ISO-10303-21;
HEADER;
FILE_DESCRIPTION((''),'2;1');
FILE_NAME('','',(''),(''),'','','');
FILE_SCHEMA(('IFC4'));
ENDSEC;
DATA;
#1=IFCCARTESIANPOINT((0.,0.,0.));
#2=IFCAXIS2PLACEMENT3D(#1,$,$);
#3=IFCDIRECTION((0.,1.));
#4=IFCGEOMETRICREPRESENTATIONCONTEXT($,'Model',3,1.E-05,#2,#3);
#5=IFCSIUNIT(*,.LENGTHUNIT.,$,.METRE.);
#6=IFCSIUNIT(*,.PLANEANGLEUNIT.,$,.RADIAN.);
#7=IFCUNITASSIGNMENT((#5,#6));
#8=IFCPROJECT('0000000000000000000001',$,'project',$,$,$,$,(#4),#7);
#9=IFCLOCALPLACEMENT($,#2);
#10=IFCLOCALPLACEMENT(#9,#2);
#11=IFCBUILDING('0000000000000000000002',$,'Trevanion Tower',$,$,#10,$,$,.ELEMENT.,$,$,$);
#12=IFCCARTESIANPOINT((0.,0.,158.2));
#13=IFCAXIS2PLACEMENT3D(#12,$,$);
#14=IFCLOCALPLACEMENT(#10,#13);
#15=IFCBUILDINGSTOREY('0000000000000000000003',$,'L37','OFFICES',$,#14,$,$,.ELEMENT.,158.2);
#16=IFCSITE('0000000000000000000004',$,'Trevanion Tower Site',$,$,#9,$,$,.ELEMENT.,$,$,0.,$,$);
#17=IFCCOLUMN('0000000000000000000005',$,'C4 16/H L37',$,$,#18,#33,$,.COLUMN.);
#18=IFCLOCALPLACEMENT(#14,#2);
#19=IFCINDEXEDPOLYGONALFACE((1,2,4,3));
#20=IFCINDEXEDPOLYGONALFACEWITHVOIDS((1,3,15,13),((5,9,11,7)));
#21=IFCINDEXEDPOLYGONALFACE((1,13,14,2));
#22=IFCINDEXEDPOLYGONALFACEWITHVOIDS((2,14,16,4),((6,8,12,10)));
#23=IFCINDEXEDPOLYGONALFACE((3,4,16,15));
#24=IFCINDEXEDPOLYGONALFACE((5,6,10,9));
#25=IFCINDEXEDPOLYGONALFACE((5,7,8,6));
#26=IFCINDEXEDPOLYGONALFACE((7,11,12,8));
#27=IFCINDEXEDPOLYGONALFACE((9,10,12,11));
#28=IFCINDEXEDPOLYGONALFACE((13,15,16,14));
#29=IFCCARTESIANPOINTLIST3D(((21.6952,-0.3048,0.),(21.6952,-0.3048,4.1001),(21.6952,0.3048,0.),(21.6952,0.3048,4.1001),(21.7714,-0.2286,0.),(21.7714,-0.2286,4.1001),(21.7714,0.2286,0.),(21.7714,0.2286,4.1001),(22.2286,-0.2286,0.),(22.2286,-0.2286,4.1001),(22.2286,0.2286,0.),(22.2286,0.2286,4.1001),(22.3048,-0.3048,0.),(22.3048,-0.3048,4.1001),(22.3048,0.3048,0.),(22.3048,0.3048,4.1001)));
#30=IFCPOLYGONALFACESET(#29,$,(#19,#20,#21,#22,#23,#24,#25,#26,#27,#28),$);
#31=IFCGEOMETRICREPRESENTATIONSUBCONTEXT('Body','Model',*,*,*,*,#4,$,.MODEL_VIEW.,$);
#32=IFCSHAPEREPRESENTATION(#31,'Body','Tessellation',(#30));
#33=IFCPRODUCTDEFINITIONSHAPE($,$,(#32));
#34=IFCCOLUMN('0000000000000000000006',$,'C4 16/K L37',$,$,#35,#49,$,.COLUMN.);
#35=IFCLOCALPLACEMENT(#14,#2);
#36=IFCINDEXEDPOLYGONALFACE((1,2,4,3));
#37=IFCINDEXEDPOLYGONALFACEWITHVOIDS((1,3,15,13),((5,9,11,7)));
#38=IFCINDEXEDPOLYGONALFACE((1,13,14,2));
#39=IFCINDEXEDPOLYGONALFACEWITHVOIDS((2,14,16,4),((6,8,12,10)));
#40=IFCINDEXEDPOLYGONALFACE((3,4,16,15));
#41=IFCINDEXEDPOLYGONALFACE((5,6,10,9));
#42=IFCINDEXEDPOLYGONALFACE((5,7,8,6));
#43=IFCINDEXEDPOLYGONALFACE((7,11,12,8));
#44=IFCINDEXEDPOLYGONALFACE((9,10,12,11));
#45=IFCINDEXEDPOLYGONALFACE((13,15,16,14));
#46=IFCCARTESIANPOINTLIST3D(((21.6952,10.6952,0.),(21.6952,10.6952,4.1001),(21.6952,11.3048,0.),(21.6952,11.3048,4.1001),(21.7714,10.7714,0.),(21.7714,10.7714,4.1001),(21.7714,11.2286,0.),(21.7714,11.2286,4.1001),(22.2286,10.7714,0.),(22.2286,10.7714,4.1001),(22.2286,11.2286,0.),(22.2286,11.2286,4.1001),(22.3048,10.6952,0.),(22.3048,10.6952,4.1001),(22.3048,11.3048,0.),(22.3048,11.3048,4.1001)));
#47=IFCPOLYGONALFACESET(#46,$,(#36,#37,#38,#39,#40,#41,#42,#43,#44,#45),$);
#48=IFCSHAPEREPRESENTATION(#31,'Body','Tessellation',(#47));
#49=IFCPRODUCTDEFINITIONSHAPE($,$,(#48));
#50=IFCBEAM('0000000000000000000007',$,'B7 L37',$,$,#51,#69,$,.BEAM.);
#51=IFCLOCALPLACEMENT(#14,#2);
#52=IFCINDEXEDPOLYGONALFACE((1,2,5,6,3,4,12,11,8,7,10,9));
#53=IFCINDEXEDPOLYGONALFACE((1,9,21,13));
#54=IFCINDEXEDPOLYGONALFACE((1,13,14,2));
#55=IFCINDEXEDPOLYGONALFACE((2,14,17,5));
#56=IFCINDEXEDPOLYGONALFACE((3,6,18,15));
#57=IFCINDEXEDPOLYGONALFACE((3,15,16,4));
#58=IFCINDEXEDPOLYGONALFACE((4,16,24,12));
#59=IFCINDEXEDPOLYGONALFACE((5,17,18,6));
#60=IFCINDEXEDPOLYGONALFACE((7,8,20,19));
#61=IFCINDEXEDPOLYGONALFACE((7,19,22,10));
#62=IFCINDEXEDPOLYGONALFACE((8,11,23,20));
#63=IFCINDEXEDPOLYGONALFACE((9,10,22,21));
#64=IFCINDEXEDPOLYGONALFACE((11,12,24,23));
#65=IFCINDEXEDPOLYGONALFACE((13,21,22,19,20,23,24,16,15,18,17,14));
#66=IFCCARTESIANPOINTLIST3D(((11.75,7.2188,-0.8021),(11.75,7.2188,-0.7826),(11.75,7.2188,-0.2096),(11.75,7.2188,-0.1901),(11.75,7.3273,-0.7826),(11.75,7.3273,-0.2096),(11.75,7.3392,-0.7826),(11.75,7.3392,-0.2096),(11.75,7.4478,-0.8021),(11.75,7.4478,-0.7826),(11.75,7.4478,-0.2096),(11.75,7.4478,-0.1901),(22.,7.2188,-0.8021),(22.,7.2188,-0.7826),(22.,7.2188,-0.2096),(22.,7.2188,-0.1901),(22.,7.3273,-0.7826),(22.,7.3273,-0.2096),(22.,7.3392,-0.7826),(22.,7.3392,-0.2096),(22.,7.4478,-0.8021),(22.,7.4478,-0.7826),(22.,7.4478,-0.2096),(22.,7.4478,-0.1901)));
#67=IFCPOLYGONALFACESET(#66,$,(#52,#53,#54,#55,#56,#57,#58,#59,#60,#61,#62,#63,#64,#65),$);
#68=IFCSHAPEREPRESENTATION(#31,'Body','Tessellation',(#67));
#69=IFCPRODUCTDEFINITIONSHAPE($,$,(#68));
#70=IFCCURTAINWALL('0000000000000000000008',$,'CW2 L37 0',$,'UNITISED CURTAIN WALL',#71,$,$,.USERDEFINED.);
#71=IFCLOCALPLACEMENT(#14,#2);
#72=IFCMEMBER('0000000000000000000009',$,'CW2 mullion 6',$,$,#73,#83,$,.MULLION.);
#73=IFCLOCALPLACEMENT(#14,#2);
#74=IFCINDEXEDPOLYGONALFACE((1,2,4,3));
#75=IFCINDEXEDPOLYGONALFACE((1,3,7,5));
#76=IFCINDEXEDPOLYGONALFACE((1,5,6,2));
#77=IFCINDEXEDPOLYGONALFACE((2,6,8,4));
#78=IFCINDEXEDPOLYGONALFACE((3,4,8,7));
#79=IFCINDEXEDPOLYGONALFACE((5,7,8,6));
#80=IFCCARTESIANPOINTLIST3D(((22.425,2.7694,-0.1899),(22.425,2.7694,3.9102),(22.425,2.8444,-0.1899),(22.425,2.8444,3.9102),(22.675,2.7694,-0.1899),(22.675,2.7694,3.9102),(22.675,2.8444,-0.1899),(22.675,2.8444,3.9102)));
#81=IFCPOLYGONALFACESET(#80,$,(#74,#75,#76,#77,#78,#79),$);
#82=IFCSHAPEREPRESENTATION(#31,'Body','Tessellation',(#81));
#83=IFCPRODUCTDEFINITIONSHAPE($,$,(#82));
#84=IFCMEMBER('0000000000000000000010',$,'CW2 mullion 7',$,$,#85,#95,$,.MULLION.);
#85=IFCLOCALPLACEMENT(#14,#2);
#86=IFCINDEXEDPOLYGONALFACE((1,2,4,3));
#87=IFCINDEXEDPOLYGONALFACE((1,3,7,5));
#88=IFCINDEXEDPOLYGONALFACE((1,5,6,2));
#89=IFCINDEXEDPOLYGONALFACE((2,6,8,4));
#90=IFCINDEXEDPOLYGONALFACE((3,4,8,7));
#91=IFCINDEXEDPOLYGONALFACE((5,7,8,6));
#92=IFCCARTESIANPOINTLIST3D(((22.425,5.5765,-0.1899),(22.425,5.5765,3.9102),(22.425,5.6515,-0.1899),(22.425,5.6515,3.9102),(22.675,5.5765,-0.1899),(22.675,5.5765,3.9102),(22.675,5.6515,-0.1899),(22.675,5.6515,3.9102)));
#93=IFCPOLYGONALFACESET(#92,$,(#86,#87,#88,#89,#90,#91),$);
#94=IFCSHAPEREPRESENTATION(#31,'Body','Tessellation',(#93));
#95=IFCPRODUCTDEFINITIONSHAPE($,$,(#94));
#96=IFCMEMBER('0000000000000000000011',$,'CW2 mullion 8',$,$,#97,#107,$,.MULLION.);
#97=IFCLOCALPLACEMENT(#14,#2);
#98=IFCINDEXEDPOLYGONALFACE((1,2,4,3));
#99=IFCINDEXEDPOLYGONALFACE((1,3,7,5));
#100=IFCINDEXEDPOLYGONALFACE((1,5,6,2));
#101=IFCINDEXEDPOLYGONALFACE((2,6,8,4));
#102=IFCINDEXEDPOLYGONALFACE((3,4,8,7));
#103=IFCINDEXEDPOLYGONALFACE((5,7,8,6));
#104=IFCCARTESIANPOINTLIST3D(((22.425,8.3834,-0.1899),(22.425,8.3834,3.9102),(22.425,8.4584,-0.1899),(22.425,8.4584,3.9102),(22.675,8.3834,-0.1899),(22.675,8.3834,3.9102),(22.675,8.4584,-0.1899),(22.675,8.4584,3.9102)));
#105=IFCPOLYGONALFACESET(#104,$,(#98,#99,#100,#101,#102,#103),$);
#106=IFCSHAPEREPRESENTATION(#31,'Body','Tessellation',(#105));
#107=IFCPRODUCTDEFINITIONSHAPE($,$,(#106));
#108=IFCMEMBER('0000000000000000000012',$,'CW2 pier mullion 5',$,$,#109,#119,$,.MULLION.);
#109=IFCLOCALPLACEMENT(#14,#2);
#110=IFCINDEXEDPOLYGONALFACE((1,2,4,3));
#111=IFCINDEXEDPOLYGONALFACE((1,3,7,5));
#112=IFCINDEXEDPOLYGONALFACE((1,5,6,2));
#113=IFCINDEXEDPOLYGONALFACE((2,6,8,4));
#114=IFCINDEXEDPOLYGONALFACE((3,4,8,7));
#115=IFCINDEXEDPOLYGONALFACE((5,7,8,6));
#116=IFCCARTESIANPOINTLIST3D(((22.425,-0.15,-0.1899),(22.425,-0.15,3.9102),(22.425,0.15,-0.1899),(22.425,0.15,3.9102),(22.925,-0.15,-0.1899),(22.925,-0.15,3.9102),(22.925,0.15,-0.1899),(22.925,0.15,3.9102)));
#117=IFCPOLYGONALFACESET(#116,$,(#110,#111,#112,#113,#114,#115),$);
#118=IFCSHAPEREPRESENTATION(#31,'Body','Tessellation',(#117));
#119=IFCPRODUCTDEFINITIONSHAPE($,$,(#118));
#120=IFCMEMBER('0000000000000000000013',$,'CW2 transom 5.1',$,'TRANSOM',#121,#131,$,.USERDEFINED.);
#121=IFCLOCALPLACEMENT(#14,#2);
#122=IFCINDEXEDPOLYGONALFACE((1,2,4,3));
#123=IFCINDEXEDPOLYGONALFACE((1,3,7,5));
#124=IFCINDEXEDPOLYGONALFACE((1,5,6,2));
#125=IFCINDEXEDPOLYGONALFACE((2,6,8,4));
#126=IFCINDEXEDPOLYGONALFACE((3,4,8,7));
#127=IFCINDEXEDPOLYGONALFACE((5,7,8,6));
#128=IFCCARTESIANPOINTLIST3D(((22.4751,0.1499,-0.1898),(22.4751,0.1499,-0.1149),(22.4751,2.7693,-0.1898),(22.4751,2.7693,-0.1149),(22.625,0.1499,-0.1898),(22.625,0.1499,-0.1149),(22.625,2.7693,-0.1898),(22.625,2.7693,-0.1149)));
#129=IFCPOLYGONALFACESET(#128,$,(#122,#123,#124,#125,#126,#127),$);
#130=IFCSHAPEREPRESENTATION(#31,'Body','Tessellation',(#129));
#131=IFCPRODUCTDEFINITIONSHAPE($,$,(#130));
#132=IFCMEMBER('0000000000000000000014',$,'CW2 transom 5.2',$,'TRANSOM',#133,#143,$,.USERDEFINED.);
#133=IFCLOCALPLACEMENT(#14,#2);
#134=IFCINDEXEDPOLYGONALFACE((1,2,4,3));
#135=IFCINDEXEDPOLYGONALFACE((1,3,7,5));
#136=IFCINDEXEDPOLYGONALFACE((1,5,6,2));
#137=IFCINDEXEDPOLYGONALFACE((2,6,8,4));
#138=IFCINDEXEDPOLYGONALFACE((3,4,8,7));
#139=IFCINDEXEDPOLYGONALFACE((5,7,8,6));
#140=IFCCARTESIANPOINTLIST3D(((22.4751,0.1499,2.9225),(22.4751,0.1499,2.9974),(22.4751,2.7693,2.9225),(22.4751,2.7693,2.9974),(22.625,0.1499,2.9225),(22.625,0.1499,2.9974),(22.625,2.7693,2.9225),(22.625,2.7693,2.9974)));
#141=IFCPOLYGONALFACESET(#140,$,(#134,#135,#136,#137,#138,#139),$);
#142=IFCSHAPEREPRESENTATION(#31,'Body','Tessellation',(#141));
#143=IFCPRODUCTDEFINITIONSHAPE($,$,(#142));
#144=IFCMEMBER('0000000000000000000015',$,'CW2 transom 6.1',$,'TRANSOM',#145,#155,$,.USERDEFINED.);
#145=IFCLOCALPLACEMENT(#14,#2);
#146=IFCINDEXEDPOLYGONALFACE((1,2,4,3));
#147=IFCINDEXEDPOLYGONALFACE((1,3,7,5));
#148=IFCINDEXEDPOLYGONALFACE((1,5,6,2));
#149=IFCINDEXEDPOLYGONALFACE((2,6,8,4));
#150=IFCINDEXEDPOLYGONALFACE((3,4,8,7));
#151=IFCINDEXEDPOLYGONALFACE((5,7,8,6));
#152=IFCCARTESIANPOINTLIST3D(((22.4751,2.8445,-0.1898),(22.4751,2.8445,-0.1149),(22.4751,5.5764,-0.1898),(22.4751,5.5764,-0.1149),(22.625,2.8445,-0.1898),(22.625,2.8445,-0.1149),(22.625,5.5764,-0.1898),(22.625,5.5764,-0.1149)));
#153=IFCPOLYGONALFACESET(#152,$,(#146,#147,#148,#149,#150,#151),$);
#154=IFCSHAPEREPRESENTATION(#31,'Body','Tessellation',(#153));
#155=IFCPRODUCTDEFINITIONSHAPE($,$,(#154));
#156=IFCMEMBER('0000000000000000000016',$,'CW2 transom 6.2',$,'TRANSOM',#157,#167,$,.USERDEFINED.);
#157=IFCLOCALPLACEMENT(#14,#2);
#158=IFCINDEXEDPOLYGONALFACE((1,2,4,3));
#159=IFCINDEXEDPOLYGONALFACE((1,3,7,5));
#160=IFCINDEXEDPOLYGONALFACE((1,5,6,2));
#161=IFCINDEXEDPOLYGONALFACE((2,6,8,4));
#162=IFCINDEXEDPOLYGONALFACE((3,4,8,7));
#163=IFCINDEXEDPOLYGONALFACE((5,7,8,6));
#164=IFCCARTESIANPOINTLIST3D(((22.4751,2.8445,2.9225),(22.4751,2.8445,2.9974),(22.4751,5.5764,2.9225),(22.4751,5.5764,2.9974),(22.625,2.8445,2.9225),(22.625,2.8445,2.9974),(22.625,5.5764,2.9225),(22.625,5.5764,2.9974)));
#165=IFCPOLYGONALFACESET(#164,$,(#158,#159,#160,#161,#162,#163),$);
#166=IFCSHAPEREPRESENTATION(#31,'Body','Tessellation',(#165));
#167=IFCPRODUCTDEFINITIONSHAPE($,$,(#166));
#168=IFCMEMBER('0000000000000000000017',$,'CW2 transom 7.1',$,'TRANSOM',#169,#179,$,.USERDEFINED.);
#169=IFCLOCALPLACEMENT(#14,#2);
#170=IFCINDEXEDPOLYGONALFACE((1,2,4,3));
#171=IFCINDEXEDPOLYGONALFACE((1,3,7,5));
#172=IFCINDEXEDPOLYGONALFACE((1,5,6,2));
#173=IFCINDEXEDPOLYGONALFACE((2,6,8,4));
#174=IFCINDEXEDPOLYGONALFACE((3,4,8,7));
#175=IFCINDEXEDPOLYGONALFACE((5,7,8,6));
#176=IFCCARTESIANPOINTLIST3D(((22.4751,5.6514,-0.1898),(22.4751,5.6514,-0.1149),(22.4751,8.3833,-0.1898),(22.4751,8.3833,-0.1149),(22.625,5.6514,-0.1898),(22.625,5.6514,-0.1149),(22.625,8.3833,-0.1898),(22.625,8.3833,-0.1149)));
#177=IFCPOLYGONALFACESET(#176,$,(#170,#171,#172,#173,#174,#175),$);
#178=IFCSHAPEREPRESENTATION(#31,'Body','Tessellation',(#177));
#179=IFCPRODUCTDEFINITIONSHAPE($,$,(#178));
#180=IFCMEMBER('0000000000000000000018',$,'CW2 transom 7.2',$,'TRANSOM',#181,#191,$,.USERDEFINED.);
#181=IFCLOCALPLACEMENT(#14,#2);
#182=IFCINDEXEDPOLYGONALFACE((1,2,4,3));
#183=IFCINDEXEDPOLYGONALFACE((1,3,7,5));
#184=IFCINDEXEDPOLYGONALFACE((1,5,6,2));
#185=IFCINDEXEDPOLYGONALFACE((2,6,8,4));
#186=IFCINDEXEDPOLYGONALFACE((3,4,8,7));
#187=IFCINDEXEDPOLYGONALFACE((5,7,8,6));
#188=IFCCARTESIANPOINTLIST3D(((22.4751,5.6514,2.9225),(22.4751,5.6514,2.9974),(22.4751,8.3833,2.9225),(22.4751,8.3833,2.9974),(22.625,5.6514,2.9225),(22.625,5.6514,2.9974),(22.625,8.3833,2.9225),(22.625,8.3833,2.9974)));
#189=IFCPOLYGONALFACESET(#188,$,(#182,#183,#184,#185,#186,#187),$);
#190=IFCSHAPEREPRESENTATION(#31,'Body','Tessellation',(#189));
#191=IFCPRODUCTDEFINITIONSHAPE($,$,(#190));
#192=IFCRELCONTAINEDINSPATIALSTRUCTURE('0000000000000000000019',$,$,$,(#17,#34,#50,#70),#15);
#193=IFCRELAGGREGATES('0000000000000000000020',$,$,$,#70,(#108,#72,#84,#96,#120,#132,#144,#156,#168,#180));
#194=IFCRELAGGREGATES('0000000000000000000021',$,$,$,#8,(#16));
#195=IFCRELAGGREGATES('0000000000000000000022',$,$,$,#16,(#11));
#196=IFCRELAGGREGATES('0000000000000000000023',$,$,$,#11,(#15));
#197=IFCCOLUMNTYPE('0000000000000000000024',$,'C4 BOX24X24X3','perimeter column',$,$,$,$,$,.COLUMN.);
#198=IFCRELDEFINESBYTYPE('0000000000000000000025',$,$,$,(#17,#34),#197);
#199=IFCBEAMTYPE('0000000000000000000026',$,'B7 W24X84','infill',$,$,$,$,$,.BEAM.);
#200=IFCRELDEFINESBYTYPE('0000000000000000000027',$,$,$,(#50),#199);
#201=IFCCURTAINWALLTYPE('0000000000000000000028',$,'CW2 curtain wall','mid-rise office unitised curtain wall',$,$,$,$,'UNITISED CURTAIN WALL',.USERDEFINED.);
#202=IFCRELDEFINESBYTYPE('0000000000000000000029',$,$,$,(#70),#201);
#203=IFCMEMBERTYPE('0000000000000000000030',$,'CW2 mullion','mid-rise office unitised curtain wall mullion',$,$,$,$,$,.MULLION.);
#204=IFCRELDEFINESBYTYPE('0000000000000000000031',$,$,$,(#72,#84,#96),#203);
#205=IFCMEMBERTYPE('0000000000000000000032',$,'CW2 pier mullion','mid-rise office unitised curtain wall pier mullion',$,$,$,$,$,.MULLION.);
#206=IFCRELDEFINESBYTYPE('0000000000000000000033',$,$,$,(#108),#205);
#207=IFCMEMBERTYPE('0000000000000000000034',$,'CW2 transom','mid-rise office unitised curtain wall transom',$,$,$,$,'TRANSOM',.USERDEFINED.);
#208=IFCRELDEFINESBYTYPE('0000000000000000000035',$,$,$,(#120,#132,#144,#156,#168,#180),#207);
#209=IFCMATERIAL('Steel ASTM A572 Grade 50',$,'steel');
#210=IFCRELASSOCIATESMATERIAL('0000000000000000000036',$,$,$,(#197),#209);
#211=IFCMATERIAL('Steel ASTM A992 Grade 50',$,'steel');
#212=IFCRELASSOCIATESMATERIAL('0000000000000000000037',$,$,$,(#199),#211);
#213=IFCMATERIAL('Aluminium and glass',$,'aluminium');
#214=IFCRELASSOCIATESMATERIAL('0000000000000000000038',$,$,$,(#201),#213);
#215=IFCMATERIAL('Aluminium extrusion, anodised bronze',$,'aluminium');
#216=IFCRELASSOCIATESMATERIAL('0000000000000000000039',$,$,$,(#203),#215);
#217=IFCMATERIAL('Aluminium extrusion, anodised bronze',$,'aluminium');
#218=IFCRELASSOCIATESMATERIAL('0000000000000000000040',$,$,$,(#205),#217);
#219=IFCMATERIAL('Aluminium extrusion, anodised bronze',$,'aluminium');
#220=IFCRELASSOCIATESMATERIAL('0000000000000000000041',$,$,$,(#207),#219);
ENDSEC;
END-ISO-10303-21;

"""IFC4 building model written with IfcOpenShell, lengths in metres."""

from ifc_helpers import new_model, si_unit, direction, frame, origin, origin_2d, place, context, subcontext, project, spatial, rectangle, hollow_rectangle, i_section, extrude, material, material_profile, profile_set, type_object, element, aggregate, save


model = new_model("IFC4")

# Units and contexts
model_context = context("Model", 3, precision=1e-05, world=origin(), true_north=direction((0.0, 1.0)))
body_context = subcontext(model_context, "Body", "Model", "MODEL_VIEW")
ifc_project = project(units=[si_unit("LENGTHUNIT", "METRE"), si_unit("PLANEANGLEUNIT", "RADIAN")], contexts=[model_context])

# Site, building, storey
site_placement = place(None, origin())
site = spatial("IfcSite", under=ifc_project, at=site_placement, Name="Trevanion Tower Site", CompositionType="ELEMENT", RefElevation=0.0)
building_placement = place(site_placement, origin())
building = spatial("IfcBuilding", under=site, at=building_placement, Name="Trevanion Tower", CompositionType="ELEMENT")
storey_placement = place(building_placement, frame((0.0, 0.0, 158.2)))
storey = spatial("IfcBuildingStorey", under=building, at=storey_placement, Name="L37", Description="OFFICES", CompositionType="ELEMENT", Elevation=158.2)

# Columns
ifc_material_1 = material(Name="Steel ASTM A572 Grade 50", Category="steel")
ifc_material_profile_1 = material_profile(ifc_material_1, hollow_rectangle(XDim=0.6096, YDim=0.6096, WallThickness=0.0762, at=origin_2d()), Name="BOX24X24X3")
ifc_profile_set_1 = profile_set([ifc_material_profile_1], Name="Steel ASTM A572 Grade 50")
column_type = type_object("IfcColumnType", Name="C4 BOX24X24X3", Description="perimeter column", PredefinedType="COLUMN", material=ifc_profile_set_1)
for number, where, z_axis, x_axis, name in (
    (1, (22.0, 0.0, 0.0), (0.0, 0.0, 1.0), (0.0, 1.0, 0.0), "C4 16/H L37"),
    (2, (22.0, 11.0, 0.0), (0.0, 0.0, 1.0), (0.0, 1.0, 0.0), "C4 16/K L37"),
):
    element("IfcColumn", number, at=place(storey_placement, frame(where, z_axis=z_axis, x_axis=x_axis)), inside=storey, type_object=column_type, Name=name, PredefinedType="COLUMN", context=body_context, shape_type="SweptSolid", body=[
        extrude(hollow_rectangle(XDim=0.6096, YDim=0.6096, WallThickness=0.0762, at=origin_2d()), origin(), (0.0, 0.0, 1.0), 4.1001),
    ])

# Beam
ifc_material_2 = material(Name="Steel ASTM A992 Grade 50", Category="steel")
ifc_material_profile_2 = material_profile(ifc_material_2, i_section(OverallWidth=0.229, OverallDepth=0.6121, WebThickness=0.012, FlangeThickness=0.0195, at=origin_2d()), Name="W24X84")
ifc_profile_set_2 = profile_set([ifc_material_profile_2], Name="Steel ASTM A992 Grade 50")
beam_type_1 = type_object("IfcBeamType", Name="B7 W24X84", Description="infill", PredefinedType="BEAM", material=ifc_profile_set_2)
beam_1_placement = place(storey_placement, frame((11.75, 7.3333, -0.4961), z_axis=(1.0, 0.0, 0.0), x_axis=(0.0, 1.0, 0.0)))
element("IfcBeam", 3, at=beam_1_placement, inside=storey, type_object=beam_type_1, Name="B7 L37", PredefinedType="BEAM", context=body_context, shape_type="SweptSolid", body=[
    extrude(i_section(OverallWidth=0.229, OverallDepth=0.6121, WebThickness=0.012, FlangeThickness=0.0195, at=origin_2d()), origin(), (0.0, 0.0, 1.0), 10.25),
])

# Curtain wall, members
ifc_material_3 = material(Name="Aluminium and glass", Category="aluminium")
curtain_wall_type = type_object("IfcCurtainWallType", Name="CW2 curtain wall", Description="mid-rise office unitised curtain wall", ElementType="UNITISED CURTAIN WALL", PredefinedType="USERDEFINED", material=ifc_material_3)
curtain_wall_placement = place(storey_placement, origin())
curtain_wall = element("IfcCurtainWall", 4, at=curtain_wall_placement, inside=storey, type_object=curtain_wall_type, Name="CW2 L37 0", ObjectType="UNITISED CURTAIN WALL", PredefinedType="USERDEFINED")
ifc_material_4 = material(Name="Aluminium extrusion, anodised bronze", Category="aluminium")
ifc_material_profile_3 = material_profile(ifc_material_4, rectangle(XDim=0.075, YDim=0.25, at=origin_2d()), Name="CW2 mullion")
ifc_profile_set_3 = profile_set([ifc_material_profile_3], Name="Aluminium extrusion, anodised bronze")
member_type_1 = type_object("IfcMemberType", Name="CW2 mullion", Description="mid-rise office unitised curtain wall mullion", PredefinedType="MULLION", material=ifc_profile_set_3)
member_1_placement = place(storey_placement, frame((22.55, 2.8069, -0.1899), z_axis=(0.0, 0.0, 1.0), x_axis=(0.0, 1.0, 0.0)))
member_1 = element("IfcMember", 5, at=member_1_placement, type_object=member_type_1, Name="CW2 mullion 6", PredefinedType="MULLION", context=body_context, shape_type="SweptSolid", body=[
    extrude(rectangle(XDim=0.075, YDim=0.25, at=origin_2d()), origin(), (0.0, 0.0, 1.0), 4.1001),
])
member_2_placement = place(storey_placement, frame((22.55, 5.614, -0.1899), z_axis=(0.0, 0.0, 1.0), x_axis=(0.0, 1.0, 0.0)))
member_2 = element("IfcMember", 6, at=member_2_placement, type_object=member_type_1, Name="CW2 mullion 7", PredefinedType="MULLION", context=body_context, shape_type="SweptSolid", body=[
    extrude(rectangle(XDim=0.075, YDim=0.25, at=origin_2d()), origin(), (0.0, 0.0, 1.0), 4.1001),
])
member_3_placement = place(storey_placement, frame((22.55, 8.4209, -0.1899), z_axis=(0.0, 0.0, 1.0), x_axis=(0.0, 1.0, 0.0)))
member_3 = element("IfcMember", 7, at=member_3_placement, type_object=member_type_1, Name="CW2 mullion 8", PredefinedType="MULLION", context=body_context, shape_type="SweptSolid", body=[
    extrude(rectangle(XDim=0.075, YDim=0.25, at=origin_2d()), origin(), (0.0, 0.0, 1.0), 4.1001),
])
ifc_material_5 = material(Name="Aluminium extrusion, anodised bronze", Category="aluminium")
ifc_material_profile_4 = material_profile(ifc_material_5, rectangle(XDim=0.3, YDim=0.5, at=origin_2d()), Name="CW2 pier mullion")
ifc_profile_set_4 = profile_set([ifc_material_profile_4], Name="Aluminium extrusion, anodised bronze")
member_type_2 = type_object("IfcMemberType", Name="CW2 pier mullion", Description="mid-rise office unitised curtain wall pier mullion", PredefinedType="MULLION", material=ifc_profile_set_4)
member_4_placement = place(storey_placement, frame((22.675, 0.0, -0.1899), z_axis=(0.0, 0.0, 1.0), x_axis=(0.0, 1.0, 0.0)))
member_4 = element("IfcMember", 8, at=member_4_placement, type_object=member_type_2, Name="CW2 pier mullion 5", PredefinedType="MULLION", context=body_context, shape_type="SweptSolid", body=[
    extrude(rectangle(XDim=0.3, YDim=0.5, at=origin_2d()), origin(), (0.0, 0.0, 1.0), 4.1001),
])
ifc_material_6 = material(Name="Aluminium extrusion, anodised bronze", Category="aluminium")
ifc_material_profile_5 = material_profile(ifc_material_6, rectangle(XDim=0.1499, YDim=0.075, at=origin_2d()), Name="CW2 transom")
ifc_profile_set_5 = profile_set([ifc_material_profile_5], Name="Aluminium extrusion, anodised bronze")
member_type_3 = type_object("IfcMemberType", Name="CW2 transom", Description="mid-rise office unitised curtain wall transom", ElementType="TRANSOM", PredefinedType="USERDEFINED", material=ifc_profile_set_5)
member_5_placement = place(storey_placement, frame((22.55, 0.1499, -0.1523), z_axis=(0.0, 1.0, 0.0), x_axis=(-1.0, 0.0, 0.0)))
member_5 = element("IfcMember", 9, at=member_5_placement, type_object=member_type_3, Name="CW2 transom 5.1", ObjectType="TRANSOM", PredefinedType="USERDEFINED", context=body_context, shape_type="SweptSolid", body=[
    extrude(rectangle(XDim=0.1499, YDim=0.075, at=origin_2d()), origin(), (0.0, 0.0, 1.0), 2.6194),
])
member_6_placement = place(storey_placement, frame((22.55, 0.1499, 2.96), z_axis=(0.0, 1.0, 0.0), x_axis=(-1.0, 0.0, 0.0)))
member_6 = element("IfcMember", 10, at=member_6_placement, type_object=member_type_3, Name="CW2 transom 5.2", ObjectType="TRANSOM", PredefinedType="USERDEFINED", context=body_context, shape_type="SweptSolid", body=[
    extrude(rectangle(XDim=0.1499, YDim=0.075, at=origin_2d()), origin(), (0.0, 0.0, 1.0), 2.6194),
])
member_7_placement = place(storey_placement, frame((22.55, 2.8445, -0.1523), z_axis=(0.0, 1.0, 0.0), x_axis=(-1.0, 0.0, 0.0)))
member_7 = element("IfcMember", 11, at=member_7_placement, type_object=member_type_3, Name="CW2 transom 6.1", ObjectType="TRANSOM", PredefinedType="USERDEFINED", context=body_context, shape_type="SweptSolid", body=[
    extrude(rectangle(XDim=0.1499, YDim=0.075, at=origin_2d()), origin(), (0.0, 0.0, 1.0), 2.7319),
])
member_8_placement = place(storey_placement, frame((22.55, 2.8445, 2.96), z_axis=(0.0, 1.0, 0.0), x_axis=(-1.0, 0.0, 0.0)))
member_8 = element("IfcMember", 12, at=member_8_placement, type_object=member_type_3, Name="CW2 transom 6.2", ObjectType="TRANSOM", PredefinedType="USERDEFINED", context=body_context, shape_type="SweptSolid", body=[
    extrude(rectangle(XDim=0.1499, YDim=0.075, at=origin_2d()), origin(), (0.0, 0.0, 1.0), 2.7319),
])
member_9_placement = place(storey_placement, frame((22.55, 5.6514, -0.1523), z_axis=(0.0, 1.0, 0.0), x_axis=(-1.0, 0.0, 0.0)))
member_9 = element("IfcMember", 13, at=member_9_placement, type_object=member_type_3, Name="CW2 transom 7.1", ObjectType="TRANSOM", PredefinedType="USERDEFINED", context=body_context, shape_type="SweptSolid", body=[
    extrude(rectangle(XDim=0.1499, YDim=0.075, at=origin_2d()), origin(), (0.0, 0.0, 1.0), 2.7319),
])
member_10_placement = place(storey_placement, frame((22.55, 5.6514, 2.96), z_axis=(0.0, 1.0, 0.0), x_axis=(-1.0, 0.0, 0.0)))
member_10 = element("IfcMember", 14, at=member_10_placement, type_object=member_type_3, Name="CW2 transom 7.2", ObjectType="TRANSOM", PredefinedType="USERDEFINED", context=body_context, shape_type="SweptSolid", body=[
    extrude(rectangle(XDim=0.1499, YDim=0.075, at=origin_2d()), origin(), (0.0, 0.0, 1.0), 2.7319),
])

aggregate(curtain_wall, [member_4, member_1, member_2, member_3, member_5, member_6, member_7, member_8, member_9, member_10])

save(model, "model.ifc")
